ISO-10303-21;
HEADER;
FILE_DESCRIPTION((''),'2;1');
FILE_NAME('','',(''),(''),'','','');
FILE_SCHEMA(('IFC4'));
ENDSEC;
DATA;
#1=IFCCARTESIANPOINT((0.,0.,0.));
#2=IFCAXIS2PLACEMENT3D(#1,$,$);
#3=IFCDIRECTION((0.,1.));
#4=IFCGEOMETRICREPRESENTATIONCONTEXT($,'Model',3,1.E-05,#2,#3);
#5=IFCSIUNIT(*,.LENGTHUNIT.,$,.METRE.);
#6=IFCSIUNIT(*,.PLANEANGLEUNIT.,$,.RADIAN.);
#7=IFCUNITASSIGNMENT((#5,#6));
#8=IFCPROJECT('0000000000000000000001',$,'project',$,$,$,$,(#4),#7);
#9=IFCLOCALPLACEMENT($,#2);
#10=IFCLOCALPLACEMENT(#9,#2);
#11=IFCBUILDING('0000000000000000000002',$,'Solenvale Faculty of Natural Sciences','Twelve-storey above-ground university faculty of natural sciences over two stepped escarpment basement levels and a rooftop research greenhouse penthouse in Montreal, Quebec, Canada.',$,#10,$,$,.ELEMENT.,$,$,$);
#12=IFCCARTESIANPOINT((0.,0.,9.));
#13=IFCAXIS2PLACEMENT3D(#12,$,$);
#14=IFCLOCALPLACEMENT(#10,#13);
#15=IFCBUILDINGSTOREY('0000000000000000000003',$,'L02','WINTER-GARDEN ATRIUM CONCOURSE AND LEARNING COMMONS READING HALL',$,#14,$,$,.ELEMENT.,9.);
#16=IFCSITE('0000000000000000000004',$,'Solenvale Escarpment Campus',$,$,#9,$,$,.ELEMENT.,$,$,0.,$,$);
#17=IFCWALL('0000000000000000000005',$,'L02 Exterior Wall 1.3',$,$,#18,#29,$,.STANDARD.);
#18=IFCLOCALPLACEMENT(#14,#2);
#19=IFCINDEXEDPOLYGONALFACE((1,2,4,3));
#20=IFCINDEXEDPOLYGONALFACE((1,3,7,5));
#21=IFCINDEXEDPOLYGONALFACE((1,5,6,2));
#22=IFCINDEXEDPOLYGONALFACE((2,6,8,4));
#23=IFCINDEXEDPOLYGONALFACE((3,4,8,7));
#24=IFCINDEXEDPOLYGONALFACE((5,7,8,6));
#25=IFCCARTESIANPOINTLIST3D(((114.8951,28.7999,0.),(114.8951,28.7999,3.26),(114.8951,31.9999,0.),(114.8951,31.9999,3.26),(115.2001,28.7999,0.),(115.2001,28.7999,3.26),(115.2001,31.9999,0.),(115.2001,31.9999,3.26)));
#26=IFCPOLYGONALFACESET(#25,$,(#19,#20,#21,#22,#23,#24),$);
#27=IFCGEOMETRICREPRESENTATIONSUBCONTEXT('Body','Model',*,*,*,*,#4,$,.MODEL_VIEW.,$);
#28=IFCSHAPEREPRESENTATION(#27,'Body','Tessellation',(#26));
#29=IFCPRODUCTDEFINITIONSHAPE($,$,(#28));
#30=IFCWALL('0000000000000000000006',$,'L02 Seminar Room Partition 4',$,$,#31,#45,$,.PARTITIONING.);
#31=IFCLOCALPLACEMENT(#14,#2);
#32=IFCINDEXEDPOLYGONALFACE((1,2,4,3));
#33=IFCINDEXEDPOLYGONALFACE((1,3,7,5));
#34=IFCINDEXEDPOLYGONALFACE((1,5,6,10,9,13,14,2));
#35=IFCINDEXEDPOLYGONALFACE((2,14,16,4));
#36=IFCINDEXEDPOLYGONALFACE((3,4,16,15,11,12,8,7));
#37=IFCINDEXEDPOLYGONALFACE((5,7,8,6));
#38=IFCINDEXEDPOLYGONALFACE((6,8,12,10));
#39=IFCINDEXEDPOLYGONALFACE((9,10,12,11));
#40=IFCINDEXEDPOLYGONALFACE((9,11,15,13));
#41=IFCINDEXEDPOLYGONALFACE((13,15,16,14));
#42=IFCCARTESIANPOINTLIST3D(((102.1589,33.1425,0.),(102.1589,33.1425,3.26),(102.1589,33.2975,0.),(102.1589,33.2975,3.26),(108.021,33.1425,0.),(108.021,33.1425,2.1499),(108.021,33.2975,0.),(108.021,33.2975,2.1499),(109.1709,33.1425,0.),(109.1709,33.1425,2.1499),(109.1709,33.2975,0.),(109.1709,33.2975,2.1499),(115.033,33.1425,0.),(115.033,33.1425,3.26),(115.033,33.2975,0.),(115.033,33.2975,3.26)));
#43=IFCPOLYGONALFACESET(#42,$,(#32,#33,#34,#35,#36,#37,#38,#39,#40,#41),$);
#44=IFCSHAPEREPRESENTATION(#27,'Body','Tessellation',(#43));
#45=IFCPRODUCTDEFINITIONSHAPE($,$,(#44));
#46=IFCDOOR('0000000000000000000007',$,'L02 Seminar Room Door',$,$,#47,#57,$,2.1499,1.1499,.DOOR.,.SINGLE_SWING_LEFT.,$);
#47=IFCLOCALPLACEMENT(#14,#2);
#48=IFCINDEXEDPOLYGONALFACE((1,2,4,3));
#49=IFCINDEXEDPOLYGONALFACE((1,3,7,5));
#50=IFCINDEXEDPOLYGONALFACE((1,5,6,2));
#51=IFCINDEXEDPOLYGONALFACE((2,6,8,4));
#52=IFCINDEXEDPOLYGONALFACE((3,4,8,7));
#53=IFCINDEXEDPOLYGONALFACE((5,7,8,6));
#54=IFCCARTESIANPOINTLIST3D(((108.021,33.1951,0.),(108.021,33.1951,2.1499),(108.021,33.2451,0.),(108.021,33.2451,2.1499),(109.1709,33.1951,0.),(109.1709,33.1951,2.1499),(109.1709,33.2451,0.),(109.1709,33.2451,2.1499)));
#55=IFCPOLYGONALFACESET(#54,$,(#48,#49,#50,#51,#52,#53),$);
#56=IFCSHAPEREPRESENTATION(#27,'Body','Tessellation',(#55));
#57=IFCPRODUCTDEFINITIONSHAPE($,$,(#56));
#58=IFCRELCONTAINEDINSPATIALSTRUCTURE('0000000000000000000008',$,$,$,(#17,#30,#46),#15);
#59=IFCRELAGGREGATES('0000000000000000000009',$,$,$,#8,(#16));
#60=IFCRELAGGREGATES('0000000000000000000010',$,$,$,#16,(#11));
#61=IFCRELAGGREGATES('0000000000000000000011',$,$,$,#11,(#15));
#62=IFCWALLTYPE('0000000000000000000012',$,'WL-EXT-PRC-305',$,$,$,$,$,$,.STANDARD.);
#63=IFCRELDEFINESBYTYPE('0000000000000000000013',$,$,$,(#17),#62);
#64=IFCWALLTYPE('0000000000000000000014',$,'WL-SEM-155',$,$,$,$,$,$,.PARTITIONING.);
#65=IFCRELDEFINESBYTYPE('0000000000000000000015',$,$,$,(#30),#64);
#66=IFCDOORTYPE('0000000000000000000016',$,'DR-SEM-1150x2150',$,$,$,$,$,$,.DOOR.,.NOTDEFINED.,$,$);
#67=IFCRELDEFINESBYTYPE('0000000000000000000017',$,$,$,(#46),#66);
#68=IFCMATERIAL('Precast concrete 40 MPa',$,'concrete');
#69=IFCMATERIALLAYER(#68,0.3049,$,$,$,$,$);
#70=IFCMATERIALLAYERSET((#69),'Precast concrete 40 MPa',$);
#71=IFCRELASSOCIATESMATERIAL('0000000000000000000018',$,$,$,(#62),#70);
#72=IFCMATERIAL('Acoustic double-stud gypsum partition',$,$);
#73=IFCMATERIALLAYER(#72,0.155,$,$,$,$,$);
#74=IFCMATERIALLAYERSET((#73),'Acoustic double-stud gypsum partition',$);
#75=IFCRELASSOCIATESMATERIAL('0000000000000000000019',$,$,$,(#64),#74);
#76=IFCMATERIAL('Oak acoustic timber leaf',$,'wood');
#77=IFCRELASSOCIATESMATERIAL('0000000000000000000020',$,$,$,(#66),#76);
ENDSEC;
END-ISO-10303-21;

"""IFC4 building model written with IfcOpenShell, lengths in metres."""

from ifc_helpers import new_model, si_unit, direction, frame, frame_2d, origin, place, context, subcontext, project, spatial, rectangle, extrude, material, layer, layer_set, type_object, element, fill, save


model = new_model("IFC4")

# Units and contexts
model_context = context("Model", 3, precision=1e-05, world=origin(), true_north=direction((0.0, 1.0)))
body_context = subcontext(model_context, "Body", "Model", "MODEL_VIEW")
ifc_project = project(units=[si_unit("LENGTHUNIT", "METRE"), si_unit("PLANEANGLEUNIT", "RADIAN")], contexts=[model_context])

# Site, building, storey
site_placement = place(None, origin())
site = spatial("IfcSite", under=ifc_project, at=site_placement, Name="Solenvale Escarpment Campus", CompositionType="ELEMENT", RefElevation=0.0)
building_placement = place(site_placement, origin())
building = spatial("IfcBuilding", under=site, at=building_placement, Name="Solenvale Faculty of Natural Sciences", Description="Twelve-storey above-ground university faculty of natural sciences over two stepped escarpment basement levels and a rooftop research greenhouse penthouse in Montreal, Quebec, Canada.", CompositionType="ELEMENT")
storey_placement = place(building_placement, frame((0.0, 0.0, 9.0)))
storey = spatial("IfcBuildingStorey", under=building, at=storey_placement, Name="L02", Description="WINTER-GARDEN ATRIUM CONCOURSE AND LEARNING COMMONS READING HALL", CompositionType="ELEMENT", Elevation=9.0)

# Wall
ifc_material_1 = material(Name="Precast concrete 40 MPa", Category="concrete")
ifc_layer_1 = layer(ifc_material_1, 0.3049)
ifc_layer_set_1 = layer_set([ifc_layer_1], Name="Precast concrete 40 MPa")
wall_type_1 = type_object("IfcWallType", Name="WL-EXT-PRC-305", PredefinedType="STANDARD", material=ifc_layer_set_1)
wall_1_placement = place(storey_placement, frame((115.0476, 32.0, 0.0), z_axis=(0.0, 0.0, 1.0), x_axis=(0.0, -1.0, 0.0)))
element("IfcWall", 1, at=wall_1_placement, inside=storey, type_object=wall_type_1, Name="L02 Exterior Wall 1.3", PredefinedType="STANDARD", context=body_context, shape_type="SweptSolid", body=[
    extrude(rectangle(XDim=3.2, YDim=0.3049, at=frame_2d((1.6001, 0.0))), origin(), (0.0, 0.0, 1.0), 3.26),
])

# Wall, opening, door
ifc_material_2 = material(Name="Acoustic double-stud gypsum partition")
ifc_layer_2 = layer(ifc_material_2, 0.155)
ifc_layer_set_2 = layer_set([ifc_layer_2], Name="Acoustic double-stud gypsum partition")
wall_type_2 = type_object("IfcWallType", Name="WL-SEM-155", PredefinedType="PARTITIONING", material=ifc_layer_set_2)
wall_2_placement = place(storey_placement, frame((115.033, 33.22, 0.0), z_axis=(0.0, 0.0, 1.0), x_axis=(-1.0, 0.0, 0.0)))
wall_2 = element("IfcWall", 2, at=wall_2_placement, inside=storey, type_object=wall_type_2, Name="L02 Seminar Room Partition 4", PredefinedType="PARTITIONING", context=body_context, shape_type="SweptSolid", body=[
    extrude(rectangle(XDim=12.874, YDim=0.155, at=frame_2d((6.437, 0.0))), origin(), (0.0, 0.0, 1.0), 3.26),
])
opening_placement = place(wall_2_placement, frame((5.8621, 0.0, 0.0)))
opening = element("IfcOpeningElement", 3, at=opening_placement, cuts=wall_2, PredefinedType="OPENING", context=body_context, shape_type="SweptSolid", body=[
    extrude(rectangle(XDim=1.1499, YDim=2.1499, at=frame_2d((0.575, 1.075))), frame((0.0, 0.0874, 0.0), z_axis=(0.0, -1.0, 0.0), x_axis=(1.0, 0.0, 0.0)), (0.0, 0.0, 1.0), 0.175),
])
ifc_material_3 = material(Name="Oak acoustic timber leaf", Category="wood")
door_type = type_object("IfcDoorType", Name="DR-SEM-1150x2150", OperationType="NOTDEFINED", PredefinedType="DOOR", material=ifc_material_3)
door_placement = place(opening_placement, origin())
door = element("IfcDoor", 4, at=door_placement, inside=storey, type_object=door_type, Name="L02 Seminar Room Door", OperationType="SINGLE_SWING_LEFT", OverallHeight=2.1499, OverallWidth=1.1499, PredefinedType="DOOR", context=body_context, shape_type="SweptSolid", body=[
    extrude(rectangle(XDim=1.1499, YDim=2.1499, at=frame_2d((0.575, 1.075))), frame((0.0, 0.0249, 0.0), z_axis=(0.0, -1.0, 0.0), x_axis=(1.0, 0.0, 0.0)), (0.0, 0.0, 1.0), 0.05),
])
fill(opening, door)

save(model, "model.ifc")
